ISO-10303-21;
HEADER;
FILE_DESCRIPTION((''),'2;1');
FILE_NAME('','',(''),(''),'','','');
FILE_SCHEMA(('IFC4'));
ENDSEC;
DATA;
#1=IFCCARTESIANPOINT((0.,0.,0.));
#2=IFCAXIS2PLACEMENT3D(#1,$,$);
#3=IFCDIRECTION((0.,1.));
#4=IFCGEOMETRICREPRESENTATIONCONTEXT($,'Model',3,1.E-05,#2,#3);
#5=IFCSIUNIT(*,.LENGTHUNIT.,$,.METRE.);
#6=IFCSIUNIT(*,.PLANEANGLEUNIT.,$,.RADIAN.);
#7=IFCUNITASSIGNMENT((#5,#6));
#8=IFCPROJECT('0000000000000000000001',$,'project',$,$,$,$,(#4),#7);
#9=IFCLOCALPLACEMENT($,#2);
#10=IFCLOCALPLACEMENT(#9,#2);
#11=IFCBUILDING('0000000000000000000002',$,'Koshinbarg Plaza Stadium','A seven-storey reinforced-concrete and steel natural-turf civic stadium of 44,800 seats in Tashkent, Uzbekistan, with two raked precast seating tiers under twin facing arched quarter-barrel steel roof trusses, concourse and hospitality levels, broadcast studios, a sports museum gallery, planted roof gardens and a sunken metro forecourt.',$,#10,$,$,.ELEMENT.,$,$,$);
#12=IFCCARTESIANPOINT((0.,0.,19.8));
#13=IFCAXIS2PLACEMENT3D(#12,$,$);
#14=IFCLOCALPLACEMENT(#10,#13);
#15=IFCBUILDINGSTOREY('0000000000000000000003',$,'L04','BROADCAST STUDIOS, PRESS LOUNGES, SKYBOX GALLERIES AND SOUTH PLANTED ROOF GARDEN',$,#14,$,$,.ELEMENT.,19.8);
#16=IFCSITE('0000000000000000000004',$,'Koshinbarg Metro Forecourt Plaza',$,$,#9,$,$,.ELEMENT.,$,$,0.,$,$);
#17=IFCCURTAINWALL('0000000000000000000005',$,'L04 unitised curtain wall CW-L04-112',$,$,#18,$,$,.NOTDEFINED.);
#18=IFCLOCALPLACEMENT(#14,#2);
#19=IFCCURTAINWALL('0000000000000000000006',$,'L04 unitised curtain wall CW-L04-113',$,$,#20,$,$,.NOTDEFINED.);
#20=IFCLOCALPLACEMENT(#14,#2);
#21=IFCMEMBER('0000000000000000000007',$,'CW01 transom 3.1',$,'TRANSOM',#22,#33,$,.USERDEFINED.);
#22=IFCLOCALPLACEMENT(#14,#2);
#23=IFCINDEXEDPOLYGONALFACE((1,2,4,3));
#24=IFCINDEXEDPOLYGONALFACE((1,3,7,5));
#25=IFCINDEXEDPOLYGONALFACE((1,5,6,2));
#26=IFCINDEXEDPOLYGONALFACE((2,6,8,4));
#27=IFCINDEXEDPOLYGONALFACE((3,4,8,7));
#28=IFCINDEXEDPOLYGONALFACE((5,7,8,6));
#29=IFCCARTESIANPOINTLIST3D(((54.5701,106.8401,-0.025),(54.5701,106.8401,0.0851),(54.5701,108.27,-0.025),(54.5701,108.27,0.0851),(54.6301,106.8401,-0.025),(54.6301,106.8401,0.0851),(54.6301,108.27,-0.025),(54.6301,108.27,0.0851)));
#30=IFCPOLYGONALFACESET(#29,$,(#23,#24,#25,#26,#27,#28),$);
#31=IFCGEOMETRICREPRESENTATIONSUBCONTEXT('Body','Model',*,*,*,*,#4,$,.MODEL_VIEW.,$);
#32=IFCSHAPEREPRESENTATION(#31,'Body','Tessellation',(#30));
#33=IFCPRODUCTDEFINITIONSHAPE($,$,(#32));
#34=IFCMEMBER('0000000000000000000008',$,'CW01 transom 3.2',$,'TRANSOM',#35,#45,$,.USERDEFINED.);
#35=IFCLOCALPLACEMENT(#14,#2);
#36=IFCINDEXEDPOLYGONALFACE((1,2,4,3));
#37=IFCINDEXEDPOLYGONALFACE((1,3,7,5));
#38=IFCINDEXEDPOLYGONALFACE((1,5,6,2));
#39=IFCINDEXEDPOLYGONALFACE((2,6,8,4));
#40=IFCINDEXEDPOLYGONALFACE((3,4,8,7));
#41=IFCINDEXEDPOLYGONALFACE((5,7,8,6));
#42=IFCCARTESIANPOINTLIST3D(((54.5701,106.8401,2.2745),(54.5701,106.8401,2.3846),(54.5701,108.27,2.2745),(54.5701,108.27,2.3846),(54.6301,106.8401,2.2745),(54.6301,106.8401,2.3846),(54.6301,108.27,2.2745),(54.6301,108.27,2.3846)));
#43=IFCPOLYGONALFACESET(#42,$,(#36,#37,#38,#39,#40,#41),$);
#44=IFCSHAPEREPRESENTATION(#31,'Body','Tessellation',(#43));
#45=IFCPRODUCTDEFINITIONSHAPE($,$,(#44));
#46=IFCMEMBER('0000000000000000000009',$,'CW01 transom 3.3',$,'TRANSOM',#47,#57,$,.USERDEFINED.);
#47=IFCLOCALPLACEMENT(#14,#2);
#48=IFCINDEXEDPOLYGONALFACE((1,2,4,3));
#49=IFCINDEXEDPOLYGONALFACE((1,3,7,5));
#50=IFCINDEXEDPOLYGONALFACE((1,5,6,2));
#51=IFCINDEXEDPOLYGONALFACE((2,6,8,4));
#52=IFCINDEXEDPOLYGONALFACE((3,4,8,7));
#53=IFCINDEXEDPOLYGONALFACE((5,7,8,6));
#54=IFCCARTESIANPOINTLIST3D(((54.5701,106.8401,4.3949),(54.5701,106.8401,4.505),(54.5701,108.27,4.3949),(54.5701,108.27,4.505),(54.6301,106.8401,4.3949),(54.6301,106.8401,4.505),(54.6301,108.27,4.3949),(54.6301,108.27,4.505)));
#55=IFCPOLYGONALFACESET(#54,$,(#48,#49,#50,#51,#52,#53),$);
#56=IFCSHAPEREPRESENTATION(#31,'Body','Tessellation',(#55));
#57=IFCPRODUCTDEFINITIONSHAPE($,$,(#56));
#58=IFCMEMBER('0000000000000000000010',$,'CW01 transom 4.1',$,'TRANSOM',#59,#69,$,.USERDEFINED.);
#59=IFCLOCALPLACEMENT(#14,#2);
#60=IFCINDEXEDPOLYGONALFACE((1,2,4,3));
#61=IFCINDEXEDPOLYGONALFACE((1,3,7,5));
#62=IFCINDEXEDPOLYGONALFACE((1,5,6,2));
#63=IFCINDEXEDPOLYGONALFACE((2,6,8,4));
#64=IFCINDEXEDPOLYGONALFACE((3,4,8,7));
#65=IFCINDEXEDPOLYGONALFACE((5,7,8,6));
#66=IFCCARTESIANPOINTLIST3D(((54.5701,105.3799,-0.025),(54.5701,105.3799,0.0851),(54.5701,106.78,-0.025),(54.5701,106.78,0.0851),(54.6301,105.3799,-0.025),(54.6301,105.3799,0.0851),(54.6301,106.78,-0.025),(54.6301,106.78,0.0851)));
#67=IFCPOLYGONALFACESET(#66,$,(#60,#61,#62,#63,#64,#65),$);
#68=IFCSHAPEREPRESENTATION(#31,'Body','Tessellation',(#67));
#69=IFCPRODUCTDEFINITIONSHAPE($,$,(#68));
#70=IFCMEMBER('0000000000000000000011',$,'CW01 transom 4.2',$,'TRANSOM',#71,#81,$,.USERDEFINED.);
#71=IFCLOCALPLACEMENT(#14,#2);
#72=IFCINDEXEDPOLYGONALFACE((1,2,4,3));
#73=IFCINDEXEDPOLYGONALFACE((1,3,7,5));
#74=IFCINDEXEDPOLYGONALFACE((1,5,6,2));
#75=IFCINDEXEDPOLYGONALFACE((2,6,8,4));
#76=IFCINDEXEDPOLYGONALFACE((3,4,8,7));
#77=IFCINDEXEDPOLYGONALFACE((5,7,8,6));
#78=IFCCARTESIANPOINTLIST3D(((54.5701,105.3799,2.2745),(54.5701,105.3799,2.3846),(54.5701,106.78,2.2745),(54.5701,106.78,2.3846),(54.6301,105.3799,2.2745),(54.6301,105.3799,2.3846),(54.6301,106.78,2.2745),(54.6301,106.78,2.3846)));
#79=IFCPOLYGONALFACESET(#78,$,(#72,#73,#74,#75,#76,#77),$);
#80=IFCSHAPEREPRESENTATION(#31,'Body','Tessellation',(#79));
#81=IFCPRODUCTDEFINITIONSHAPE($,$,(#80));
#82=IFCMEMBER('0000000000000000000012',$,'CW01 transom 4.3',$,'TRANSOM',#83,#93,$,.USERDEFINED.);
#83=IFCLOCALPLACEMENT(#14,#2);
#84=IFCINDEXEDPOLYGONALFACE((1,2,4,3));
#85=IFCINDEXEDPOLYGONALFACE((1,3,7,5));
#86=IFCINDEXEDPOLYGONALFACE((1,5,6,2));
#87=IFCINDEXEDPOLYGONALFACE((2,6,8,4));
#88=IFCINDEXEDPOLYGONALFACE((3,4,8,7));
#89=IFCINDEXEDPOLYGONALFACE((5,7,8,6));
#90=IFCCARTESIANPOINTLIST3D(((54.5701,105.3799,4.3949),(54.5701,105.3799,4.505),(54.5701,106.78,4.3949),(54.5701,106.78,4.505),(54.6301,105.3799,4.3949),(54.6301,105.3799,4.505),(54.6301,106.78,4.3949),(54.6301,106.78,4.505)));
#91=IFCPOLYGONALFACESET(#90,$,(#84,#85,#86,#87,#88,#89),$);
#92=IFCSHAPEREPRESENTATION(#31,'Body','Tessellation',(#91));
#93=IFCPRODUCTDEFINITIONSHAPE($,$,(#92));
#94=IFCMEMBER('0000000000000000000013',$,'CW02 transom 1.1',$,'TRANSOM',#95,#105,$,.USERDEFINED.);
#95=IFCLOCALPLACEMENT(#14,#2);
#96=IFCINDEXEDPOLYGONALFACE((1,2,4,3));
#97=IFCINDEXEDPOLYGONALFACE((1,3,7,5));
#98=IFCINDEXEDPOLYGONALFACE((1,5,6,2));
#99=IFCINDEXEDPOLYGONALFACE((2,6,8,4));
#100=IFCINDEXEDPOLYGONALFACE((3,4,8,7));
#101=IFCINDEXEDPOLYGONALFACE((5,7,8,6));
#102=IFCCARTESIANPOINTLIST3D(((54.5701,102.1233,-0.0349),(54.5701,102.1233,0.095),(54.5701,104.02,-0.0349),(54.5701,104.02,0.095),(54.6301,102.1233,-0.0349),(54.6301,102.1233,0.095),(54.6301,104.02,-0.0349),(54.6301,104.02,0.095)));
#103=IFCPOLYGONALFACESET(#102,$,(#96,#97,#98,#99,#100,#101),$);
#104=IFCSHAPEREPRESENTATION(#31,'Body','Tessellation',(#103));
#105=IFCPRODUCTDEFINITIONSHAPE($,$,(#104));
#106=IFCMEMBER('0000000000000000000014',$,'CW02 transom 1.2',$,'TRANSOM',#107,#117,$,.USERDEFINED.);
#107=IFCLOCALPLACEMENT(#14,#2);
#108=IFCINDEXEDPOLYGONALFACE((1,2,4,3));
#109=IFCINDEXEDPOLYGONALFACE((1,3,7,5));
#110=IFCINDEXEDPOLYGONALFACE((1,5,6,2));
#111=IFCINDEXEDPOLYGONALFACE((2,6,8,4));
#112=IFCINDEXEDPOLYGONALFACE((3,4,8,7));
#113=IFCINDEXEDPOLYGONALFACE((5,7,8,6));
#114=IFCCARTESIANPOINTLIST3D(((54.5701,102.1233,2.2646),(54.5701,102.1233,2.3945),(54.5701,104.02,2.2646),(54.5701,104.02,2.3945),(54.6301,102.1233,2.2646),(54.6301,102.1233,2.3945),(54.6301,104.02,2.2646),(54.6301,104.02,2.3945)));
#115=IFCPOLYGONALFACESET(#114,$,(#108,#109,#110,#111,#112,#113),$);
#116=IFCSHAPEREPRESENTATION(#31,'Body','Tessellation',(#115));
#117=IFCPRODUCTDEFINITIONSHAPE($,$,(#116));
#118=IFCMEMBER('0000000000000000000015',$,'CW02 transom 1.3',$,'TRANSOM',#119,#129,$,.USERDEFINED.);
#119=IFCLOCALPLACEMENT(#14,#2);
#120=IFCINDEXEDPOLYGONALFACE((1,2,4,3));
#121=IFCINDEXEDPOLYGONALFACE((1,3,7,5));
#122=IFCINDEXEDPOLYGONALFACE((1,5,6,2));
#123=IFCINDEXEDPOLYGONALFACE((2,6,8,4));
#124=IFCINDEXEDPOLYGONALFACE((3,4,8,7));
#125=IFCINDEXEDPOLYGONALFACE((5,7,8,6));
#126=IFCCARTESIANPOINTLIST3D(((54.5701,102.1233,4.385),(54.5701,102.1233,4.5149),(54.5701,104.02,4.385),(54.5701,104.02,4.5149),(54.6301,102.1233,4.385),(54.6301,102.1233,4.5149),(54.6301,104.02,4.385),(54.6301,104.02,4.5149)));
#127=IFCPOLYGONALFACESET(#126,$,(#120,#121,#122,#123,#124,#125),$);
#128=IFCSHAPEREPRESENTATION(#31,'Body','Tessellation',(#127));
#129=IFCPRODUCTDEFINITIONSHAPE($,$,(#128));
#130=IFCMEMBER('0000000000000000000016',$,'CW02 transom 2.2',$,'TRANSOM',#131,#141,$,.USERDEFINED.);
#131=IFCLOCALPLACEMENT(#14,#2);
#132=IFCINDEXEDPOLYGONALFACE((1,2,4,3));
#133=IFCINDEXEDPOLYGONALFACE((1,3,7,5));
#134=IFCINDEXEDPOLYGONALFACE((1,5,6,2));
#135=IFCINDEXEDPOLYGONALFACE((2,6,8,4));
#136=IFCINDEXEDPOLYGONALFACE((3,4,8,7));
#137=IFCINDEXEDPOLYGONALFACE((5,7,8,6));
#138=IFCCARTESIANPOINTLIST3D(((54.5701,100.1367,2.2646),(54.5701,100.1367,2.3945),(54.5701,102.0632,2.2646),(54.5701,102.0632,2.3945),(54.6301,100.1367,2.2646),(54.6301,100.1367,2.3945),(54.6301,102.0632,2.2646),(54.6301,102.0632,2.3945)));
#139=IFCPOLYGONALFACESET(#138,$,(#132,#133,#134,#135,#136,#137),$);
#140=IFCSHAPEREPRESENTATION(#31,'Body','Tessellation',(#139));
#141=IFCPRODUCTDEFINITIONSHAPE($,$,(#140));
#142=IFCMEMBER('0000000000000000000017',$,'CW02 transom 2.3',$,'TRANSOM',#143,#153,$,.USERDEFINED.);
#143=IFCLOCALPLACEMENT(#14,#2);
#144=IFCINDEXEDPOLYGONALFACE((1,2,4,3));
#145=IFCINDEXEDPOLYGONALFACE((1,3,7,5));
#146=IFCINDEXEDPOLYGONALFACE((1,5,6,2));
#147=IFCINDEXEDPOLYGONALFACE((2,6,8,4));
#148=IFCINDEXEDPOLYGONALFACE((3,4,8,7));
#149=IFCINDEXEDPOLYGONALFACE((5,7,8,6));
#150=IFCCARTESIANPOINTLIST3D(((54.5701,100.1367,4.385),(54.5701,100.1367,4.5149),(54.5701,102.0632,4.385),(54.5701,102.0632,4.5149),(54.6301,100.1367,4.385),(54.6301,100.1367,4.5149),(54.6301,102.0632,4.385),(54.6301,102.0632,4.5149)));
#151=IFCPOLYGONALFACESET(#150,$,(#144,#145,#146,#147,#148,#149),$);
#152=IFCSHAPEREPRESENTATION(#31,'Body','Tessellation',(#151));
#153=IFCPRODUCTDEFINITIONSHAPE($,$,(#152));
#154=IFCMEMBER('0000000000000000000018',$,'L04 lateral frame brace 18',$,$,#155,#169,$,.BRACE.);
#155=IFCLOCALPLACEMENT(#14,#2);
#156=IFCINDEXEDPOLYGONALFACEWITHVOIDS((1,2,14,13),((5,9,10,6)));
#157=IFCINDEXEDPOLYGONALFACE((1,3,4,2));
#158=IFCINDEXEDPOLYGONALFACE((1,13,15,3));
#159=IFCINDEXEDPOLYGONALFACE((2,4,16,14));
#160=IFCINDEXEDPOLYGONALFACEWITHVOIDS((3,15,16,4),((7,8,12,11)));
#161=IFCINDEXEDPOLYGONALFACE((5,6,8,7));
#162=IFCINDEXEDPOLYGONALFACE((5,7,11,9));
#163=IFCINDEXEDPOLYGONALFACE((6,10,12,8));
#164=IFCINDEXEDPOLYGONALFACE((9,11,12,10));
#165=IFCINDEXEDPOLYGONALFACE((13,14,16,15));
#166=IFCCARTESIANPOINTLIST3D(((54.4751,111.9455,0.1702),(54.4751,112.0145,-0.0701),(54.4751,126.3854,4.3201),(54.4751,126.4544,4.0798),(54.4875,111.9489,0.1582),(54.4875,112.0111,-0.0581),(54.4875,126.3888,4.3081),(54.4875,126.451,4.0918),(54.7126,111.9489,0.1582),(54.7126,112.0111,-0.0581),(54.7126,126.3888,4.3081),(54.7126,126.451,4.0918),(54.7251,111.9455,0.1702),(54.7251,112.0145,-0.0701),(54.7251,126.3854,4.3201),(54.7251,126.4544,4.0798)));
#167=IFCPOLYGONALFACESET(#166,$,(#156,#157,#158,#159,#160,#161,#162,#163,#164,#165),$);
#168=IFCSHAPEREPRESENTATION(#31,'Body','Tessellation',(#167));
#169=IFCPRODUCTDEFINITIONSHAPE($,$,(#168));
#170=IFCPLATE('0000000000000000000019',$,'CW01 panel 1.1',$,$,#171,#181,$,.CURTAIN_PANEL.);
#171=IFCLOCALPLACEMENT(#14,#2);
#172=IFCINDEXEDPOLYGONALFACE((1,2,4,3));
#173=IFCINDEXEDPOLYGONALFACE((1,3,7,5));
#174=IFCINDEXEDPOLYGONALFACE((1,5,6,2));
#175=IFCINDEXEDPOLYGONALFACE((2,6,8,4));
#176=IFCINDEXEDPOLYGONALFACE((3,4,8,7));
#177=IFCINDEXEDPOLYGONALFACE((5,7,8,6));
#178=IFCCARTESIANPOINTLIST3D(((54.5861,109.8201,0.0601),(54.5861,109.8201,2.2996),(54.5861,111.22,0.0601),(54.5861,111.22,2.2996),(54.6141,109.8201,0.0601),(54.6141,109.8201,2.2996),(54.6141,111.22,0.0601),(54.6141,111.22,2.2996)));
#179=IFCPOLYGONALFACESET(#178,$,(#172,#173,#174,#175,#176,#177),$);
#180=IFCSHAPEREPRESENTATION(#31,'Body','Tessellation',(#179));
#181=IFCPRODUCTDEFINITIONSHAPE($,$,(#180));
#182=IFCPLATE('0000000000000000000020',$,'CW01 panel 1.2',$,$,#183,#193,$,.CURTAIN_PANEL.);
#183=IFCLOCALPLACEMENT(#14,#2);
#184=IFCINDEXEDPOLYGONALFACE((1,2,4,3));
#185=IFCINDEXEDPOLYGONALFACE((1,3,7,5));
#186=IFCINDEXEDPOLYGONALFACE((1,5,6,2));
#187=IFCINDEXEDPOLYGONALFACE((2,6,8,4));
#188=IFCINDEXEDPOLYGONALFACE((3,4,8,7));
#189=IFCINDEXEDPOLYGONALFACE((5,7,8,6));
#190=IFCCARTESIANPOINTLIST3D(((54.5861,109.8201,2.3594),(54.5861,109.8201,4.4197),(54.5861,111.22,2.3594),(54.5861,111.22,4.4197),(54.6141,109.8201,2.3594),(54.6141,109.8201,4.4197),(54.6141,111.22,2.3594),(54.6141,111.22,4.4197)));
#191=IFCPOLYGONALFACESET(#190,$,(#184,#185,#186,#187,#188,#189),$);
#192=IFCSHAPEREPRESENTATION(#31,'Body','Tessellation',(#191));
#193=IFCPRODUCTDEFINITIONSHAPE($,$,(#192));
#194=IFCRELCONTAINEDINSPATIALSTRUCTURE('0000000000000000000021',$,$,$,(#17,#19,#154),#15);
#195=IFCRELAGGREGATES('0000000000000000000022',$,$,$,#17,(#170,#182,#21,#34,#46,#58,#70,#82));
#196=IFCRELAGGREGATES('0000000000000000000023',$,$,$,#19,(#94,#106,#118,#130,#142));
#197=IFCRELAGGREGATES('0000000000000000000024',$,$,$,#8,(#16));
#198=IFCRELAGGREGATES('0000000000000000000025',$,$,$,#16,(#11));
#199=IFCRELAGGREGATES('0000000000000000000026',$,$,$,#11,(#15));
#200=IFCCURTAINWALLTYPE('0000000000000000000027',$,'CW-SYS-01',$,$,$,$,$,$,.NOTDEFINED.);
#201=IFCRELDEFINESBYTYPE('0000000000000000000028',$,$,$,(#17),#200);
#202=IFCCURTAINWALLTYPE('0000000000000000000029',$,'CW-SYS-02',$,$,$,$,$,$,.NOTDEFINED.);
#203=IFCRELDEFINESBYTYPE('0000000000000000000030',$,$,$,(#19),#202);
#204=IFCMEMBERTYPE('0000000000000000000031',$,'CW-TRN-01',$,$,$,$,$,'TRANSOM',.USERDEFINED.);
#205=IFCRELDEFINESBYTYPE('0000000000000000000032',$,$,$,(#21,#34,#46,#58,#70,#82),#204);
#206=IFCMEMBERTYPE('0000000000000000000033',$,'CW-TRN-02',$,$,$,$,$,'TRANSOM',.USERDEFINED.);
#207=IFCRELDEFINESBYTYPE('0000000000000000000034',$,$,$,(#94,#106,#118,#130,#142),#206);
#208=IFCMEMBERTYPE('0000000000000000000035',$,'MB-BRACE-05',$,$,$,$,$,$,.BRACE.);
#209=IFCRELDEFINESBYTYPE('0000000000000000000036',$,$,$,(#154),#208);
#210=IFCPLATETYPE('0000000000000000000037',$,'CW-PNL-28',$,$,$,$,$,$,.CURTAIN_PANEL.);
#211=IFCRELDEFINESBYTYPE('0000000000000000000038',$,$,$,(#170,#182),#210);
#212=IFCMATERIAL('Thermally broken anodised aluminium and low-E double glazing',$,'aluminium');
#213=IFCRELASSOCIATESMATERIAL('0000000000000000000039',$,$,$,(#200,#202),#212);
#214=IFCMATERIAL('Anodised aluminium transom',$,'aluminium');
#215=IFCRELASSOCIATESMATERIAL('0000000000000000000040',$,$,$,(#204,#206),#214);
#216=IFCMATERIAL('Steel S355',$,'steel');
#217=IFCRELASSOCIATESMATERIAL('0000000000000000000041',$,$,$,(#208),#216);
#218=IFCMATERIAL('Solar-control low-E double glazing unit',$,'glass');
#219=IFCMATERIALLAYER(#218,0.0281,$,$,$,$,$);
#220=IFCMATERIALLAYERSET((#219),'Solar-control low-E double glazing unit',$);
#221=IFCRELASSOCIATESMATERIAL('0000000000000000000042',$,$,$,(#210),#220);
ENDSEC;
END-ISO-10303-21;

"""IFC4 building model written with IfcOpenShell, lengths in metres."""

from ifc_helpers import new_model, si_unit, direction, frame, origin, origin_2d, place, context, subcontext, project, spatial, rectangle, hollow_rectangle, extrude, material, layer, layer_set, material_profile, profile_set, type_object, element, aggregate, save


model = new_model("IFC4")

# Units and contexts
model_context = context("Model", 3, precision=1e-05, world=origin(), true_north=direction((0.0, 1.0)))
body_context = subcontext(model_context, "Body", "Model", "MODEL_VIEW")
ifc_project = project(units=[si_unit("LENGTHUNIT", "METRE"), si_unit("PLANEANGLEUNIT", "RADIAN")], contexts=[model_context])

# Site, building, storey
site_placement = place(None, origin())
site = spatial("IfcSite", under=ifc_project, at=site_placement, Name="Koshinbarg Metro Forecourt Plaza", CompositionType="ELEMENT", RefElevation=0.0)
building_placement = place(site_placement, origin())
building = spatial("IfcBuilding", under=site, at=building_placement, Name="Koshinbarg Plaza Stadium", Description="A seven-storey reinforced-concrete and steel natural-turf civic stadium of 44,800 seats in Tashkent, Uzbekistan, with two raked precast seating tiers under twin facing arched quarter-barrel steel roof trusses, concourse and hospitality levels, broadcast studios, a sports museum gallery, planted roof gardens and a sunken metro forecourt.", CompositionType="ELEMENT")
storey_placement = place(building_placement, frame((0.0, 0.0, 19.8)))
storey = spatial("IfcBuildingStorey", under=building, at=storey_placement, Name="L04", Description="BROADCAST STUDIOS, PRESS LOUNGES, SKYBOX GALLERIES AND SOUTH PLANTED ROOF GARDEN", CompositionType="ELEMENT", Elevation=19.8)

# Curtain walls
ifc_material_1 = material(Name="Thermally broken anodised aluminium and low-E double glazing", Category="aluminium")
curtain_wall_type_1 = type_object("IfcCurtainWallType", Name="CW-SYS-01", PredefinedType="NOTDEFINED", material=ifc_material_1)
curtain_wall_1_placement = place(storey_placement, origin())
curtain_wall_1 = element("IfcCurtainWall", 1, at=curtain_wall_1_placement, inside=storey, type_object=curtain_wall_type_1, Name="L04 unitised curtain wall CW-L04-112", PredefinedType="NOTDEFINED")
curtain_wall_type_2 = type_object("IfcCurtainWallType", Name="CW-SYS-02", PredefinedType="NOTDEFINED", material=ifc_material_1)
curtain_wall_2_placement = place(storey_placement, origin())
curtain_wall_2 = element("IfcCurtainWall", 2, at=curtain_wall_2_placement, inside=storey, type_object=curtain_wall_type_2, Name="L04 unitised curtain wall CW-L04-113", PredefinedType="NOTDEFINED")

# Members
ifc_material_2 = material(Name="Anodised aluminium transom", Category="aluminium")
ifc_material_profile_1 = material_profile(ifc_material_2, rectangle(XDim=0.0601, YDim=0.1101, at=origin_2d()), Name="ALU 60x110")
ifc_profile_set_1 = profile_set([ifc_material_profile_1], Name="Anodised aluminium transom")
member_type_1 = type_object("IfcMemberType", Name="CW-TRN-01", ElementType="TRANSOM", PredefinedType="USERDEFINED", material=ifc_profile_set_1)
member_1_placement = place(storey_placement, frame((54.6001, 108.27, 0.03), z_axis=(0.0, -1.0, 0.0), x_axis=(1.0, 0.0, 0.0)))
member_1 = element("IfcMember", 3, at=member_1_placement, type_object=member_type_1, Name="CW01 transom 3.1", ObjectType="TRANSOM", PredefinedType="USERDEFINED", context=body_context, shape_type="SweptSolid", body=[
    extrude(rectangle(XDim=0.0601, YDim=0.1101, at=origin_2d()), origin(), (0.0, 0.0, 1.0), 1.4299),
])
member_2_placement = place(storey_placement, frame((54.6001, 108.27, 2.3296), z_axis=(0.0, -1.0, 0.0), x_axis=(1.0, 0.0, 0.0)))
member_2 = element("IfcMember", 4, at=member_2_placement, type_object=member_type_1, Name="CW01 transom 3.2", ObjectType="TRANSOM", PredefinedType="USERDEFINED", context=body_context, shape_type="SweptSolid", body=[
    extrude(rectangle(XDim=0.0601, YDim=0.1101, at=origin_2d()), origin(), (0.0, 0.0, 1.0), 1.4299),
])
member_3_placement = place(storey_placement, frame((54.6001, 108.27, 4.45), z_axis=(0.0, -1.0, 0.0), x_axis=(1.0, 0.0, 0.0)))
member_3 = element("IfcMember", 5, at=member_3_placement, type_object=member_type_1, Name="CW01 transom 3.3", ObjectType="TRANSOM", PredefinedType="USERDEFINED", context=body_context, shape_type="SweptSolid", body=[
    extrude(rectangle(XDim=0.0601, YDim=0.1101, at=origin_2d()), origin(), (0.0, 0.0, 1.0), 1.4299),
])
member_4_placement = place(storey_placement, frame((54.6001, 106.78, 0.03), z_axis=(0.0, -1.0, 0.0), x_axis=(1.0, 0.0, 0.0)))
member_4 = element("IfcMember", 6, at=member_4_placement, type_object=member_type_1, Name="CW01 transom 4.1", ObjectType="TRANSOM", PredefinedType="USERDEFINED", context=body_context, shape_type="SweptSolid", body=[
    extrude(rectangle(XDim=0.0601, YDim=0.1101, at=origin_2d()), origin(), (0.0, 0.0, 1.0), 1.4001),
])
member_5_placement = place(storey_placement, frame((54.6001, 106.78, 2.3296), z_axis=(0.0, -1.0, 0.0), x_axis=(1.0, 0.0, 0.0)))
member_5 = element("IfcMember", 7, at=member_5_placement, type_object=member_type_1, Name="CW01 transom 4.2", ObjectType="TRANSOM", PredefinedType="USERDEFINED", context=body_context, shape_type="SweptSolid", body=[
    extrude(rectangle(XDim=0.0601, YDim=0.1101, at=origin_2d()), origin(), (0.0, 0.0, 1.0), 1.4001),
])
member_6_placement = place(storey_placement, frame((54.6001, 106.78, 4.45), z_axis=(0.0, -1.0, 0.0), x_axis=(1.0, 0.0, 0.0)))
member_6 = element("IfcMember", 8, at=member_6_placement, type_object=member_type_1, Name="CW01 transom 4.3", ObjectType="TRANSOM", PredefinedType="USERDEFINED", context=body_context, shape_type="SweptSolid", body=[
    extrude(rectangle(XDim=0.0601, YDim=0.1101, at=origin_2d()), origin(), (0.0, 0.0, 1.0), 1.4001),
])
ifc_material_profile_2 = material_profile(ifc_material_2, rectangle(XDim=0.0601, YDim=0.1299, at=origin_2d()), Name="ALU 60x130")
ifc_profile_set_2 = profile_set([ifc_material_profile_2], Name="Anodised aluminium transom")
member_type_2 = type_object("IfcMemberType", Name="CW-TRN-02", ElementType="TRANSOM", PredefinedType="USERDEFINED", material=ifc_profile_set_2)
member_7_placement = place(storey_placement, frame((54.6001, 104.02, 0.03), z_axis=(0.0, -1.0, 0.0), x_axis=(1.0, 0.0, 0.0)))
member_7 = element("IfcMember", 9, at=member_7_placement, type_object=member_type_2, Name="CW02 transom 1.1", ObjectType="TRANSOM", PredefinedType="USERDEFINED", context=body_context, shape_type="SweptSolid", body=[
    extrude(rectangle(XDim=0.0601, YDim=0.1299, at=origin_2d()), origin(), (0.0, 0.0, 1.0), 1.8967),
])
member_8_placement = place(storey_placement, frame((54.6001, 104.02, 2.3296), z_axis=(0.0, -1.0, 0.0), x_axis=(1.0, 0.0, 0.0)))
member_8 = element("IfcMember", 10, at=member_8_placement, type_object=member_type_2, Name="CW02 transom 1.2", ObjectType="TRANSOM", PredefinedType="USERDEFINED", context=body_context, shape_type="SweptSolid", body=[
    extrude(rectangle(XDim=0.0601, YDim=0.1299, at=origin_2d()), origin(), (0.0, 0.0, 1.0), 1.8967),
])
member_9_placement = place(storey_placement, frame((54.6001, 104.02, 4.45), z_axis=(0.0, -1.0, 0.0), x_axis=(1.0, 0.0, 0.0)))
member_9 = element("IfcMember", 11, at=member_9_placement, type_object=member_type_2, Name="CW02 transom 1.3", ObjectType="TRANSOM", PredefinedType="USERDEFINED", context=body_context, shape_type="SweptSolid", body=[
    extrude(rectangle(XDim=0.0601, YDim=0.1299, at=origin_2d()), origin(), (0.0, 0.0, 1.0), 1.8967),
])
member_10_placement = place(storey_placement, frame((54.6001, 102.0632, 2.3296), z_axis=(0.0, -1.0, 0.0), x_axis=(1.0, 0.0, 0.0)))
member_10 = element("IfcMember", 12, at=member_10_placement, type_object=member_type_2, Name="CW02 transom 2.2", ObjectType="TRANSOM", PredefinedType="USERDEFINED", context=body_context, shape_type="SweptSolid", body=[
    extrude(rectangle(XDim=0.0601, YDim=0.1299, at=origin_2d()), origin(), (0.0, 0.0, 1.0), 1.9265),
])
member_11_placement = place(storey_placement, frame((54.6001, 102.0632, 4.45), z_axis=(0.0, -1.0, 0.0), x_axis=(1.0, 0.0, 0.0)))
member_11 = element("IfcMember", 13, at=member_11_placement, type_object=member_type_2, Name="CW02 transom 2.3", ObjectType="TRANSOM", PredefinedType="USERDEFINED", context=body_context, shape_type="SweptSolid", body=[
    extrude(rectangle(XDim=0.0601, YDim=0.1299, at=origin_2d()), origin(), (0.0, 0.0, 1.0), 1.9265),
])
ifc_material_3 = material(Name="Steel S355", Category="steel")
ifc_material_profile_3 = material_profile(ifc_material_3, hollow_rectangle(XDim=0.25, YDim=0.25, WallThickness=0.0125, at=origin_2d()), Name="SHS 250x250x12.5")
ifc_profile_set_3 = profile_set([ifc_material_profile_3], Name="Steel S355")
member_type_3 = type_object("IfcMemberType", Name="MB-BRACE-05", PredefinedType="BRACE", material=ifc_profile_set_3)
member_12_placement = place(storey_placement, frame((54.6001, 111.98, 0.05), z_axis=(0.0, 0.961097, 0.27621), x_axis=(-1.0, 0.0, 0.0)))
element("IfcMember", 14, at=member_12_placement, inside=storey, type_object=member_type_3, Name="L04 lateral frame brace 18", PredefinedType="BRACE", context=body_context, shape_type="SweptSolid", body=[
    extrude(hollow_rectangle(XDim=0.25, YDim=0.25, WallThickness=0.0125, at=origin_2d()), origin(), (0.0, 0.0, 1.0), 15.0244),
])

# Plates
ifc_material_4 = material(Name="Solar-control low-E double glazing unit", Category="glass")
ifc_layer_1 = layer(ifc_material_4, 0.0281)
ifc_layer_set_1 = layer_set([ifc_layer_1], Name="Solar-control low-E double glazing unit")
plate_type_1 = type_object("IfcPlateType", Name="CW-PNL-28", PredefinedType="CURTAIN_PANEL", material=ifc_layer_set_1)
plate_1_placement = place(storey_placement, frame((54.6001, 110.52, 0.0601), z_axis=(0.0, 0.0, 1.0), x_axis=(0.0, -1.0, 0.0)))
plate_1 = element("IfcPlate", 15, at=plate_1_placement, type_object=plate_type_1, Name="CW01 panel 1.1", PredefinedType="CURTAIN_PANEL", context=body_context, shape_type="SweptSolid", body=[
    extrude(rectangle(XDim=1.3999, YDim=0.0281, at=origin_2d()), origin(), (0.0, 0.0, 1.0), 2.2395),
])
plate_2_placement = place(storey_placement, frame((54.6001, 110.52, 2.3594), z_axis=(0.0, 0.0, 1.0), x_axis=(0.0, -1.0, 0.0)))
plate_2 = element("IfcPlate", 16, at=plate_2_placement, type_object=plate_type_1, Name="CW01 panel 1.2", PredefinedType="CURTAIN_PANEL", context=body_context, shape_type="SweptSolid", body=[
    extrude(rectangle(XDim=1.3999, YDim=0.0281, at=origin_2d()), origin(), (0.0, 0.0, 1.0), 2.0603),
])
aggregate(curtain_wall_1, [plate_1, plate_2, member_1, member_2, member_3, member_4, member_5, member_6])
aggregate(curtain_wall_2, [member_7, member_8, member_9, member_10, member_11])

save(model, "model.ifc")
